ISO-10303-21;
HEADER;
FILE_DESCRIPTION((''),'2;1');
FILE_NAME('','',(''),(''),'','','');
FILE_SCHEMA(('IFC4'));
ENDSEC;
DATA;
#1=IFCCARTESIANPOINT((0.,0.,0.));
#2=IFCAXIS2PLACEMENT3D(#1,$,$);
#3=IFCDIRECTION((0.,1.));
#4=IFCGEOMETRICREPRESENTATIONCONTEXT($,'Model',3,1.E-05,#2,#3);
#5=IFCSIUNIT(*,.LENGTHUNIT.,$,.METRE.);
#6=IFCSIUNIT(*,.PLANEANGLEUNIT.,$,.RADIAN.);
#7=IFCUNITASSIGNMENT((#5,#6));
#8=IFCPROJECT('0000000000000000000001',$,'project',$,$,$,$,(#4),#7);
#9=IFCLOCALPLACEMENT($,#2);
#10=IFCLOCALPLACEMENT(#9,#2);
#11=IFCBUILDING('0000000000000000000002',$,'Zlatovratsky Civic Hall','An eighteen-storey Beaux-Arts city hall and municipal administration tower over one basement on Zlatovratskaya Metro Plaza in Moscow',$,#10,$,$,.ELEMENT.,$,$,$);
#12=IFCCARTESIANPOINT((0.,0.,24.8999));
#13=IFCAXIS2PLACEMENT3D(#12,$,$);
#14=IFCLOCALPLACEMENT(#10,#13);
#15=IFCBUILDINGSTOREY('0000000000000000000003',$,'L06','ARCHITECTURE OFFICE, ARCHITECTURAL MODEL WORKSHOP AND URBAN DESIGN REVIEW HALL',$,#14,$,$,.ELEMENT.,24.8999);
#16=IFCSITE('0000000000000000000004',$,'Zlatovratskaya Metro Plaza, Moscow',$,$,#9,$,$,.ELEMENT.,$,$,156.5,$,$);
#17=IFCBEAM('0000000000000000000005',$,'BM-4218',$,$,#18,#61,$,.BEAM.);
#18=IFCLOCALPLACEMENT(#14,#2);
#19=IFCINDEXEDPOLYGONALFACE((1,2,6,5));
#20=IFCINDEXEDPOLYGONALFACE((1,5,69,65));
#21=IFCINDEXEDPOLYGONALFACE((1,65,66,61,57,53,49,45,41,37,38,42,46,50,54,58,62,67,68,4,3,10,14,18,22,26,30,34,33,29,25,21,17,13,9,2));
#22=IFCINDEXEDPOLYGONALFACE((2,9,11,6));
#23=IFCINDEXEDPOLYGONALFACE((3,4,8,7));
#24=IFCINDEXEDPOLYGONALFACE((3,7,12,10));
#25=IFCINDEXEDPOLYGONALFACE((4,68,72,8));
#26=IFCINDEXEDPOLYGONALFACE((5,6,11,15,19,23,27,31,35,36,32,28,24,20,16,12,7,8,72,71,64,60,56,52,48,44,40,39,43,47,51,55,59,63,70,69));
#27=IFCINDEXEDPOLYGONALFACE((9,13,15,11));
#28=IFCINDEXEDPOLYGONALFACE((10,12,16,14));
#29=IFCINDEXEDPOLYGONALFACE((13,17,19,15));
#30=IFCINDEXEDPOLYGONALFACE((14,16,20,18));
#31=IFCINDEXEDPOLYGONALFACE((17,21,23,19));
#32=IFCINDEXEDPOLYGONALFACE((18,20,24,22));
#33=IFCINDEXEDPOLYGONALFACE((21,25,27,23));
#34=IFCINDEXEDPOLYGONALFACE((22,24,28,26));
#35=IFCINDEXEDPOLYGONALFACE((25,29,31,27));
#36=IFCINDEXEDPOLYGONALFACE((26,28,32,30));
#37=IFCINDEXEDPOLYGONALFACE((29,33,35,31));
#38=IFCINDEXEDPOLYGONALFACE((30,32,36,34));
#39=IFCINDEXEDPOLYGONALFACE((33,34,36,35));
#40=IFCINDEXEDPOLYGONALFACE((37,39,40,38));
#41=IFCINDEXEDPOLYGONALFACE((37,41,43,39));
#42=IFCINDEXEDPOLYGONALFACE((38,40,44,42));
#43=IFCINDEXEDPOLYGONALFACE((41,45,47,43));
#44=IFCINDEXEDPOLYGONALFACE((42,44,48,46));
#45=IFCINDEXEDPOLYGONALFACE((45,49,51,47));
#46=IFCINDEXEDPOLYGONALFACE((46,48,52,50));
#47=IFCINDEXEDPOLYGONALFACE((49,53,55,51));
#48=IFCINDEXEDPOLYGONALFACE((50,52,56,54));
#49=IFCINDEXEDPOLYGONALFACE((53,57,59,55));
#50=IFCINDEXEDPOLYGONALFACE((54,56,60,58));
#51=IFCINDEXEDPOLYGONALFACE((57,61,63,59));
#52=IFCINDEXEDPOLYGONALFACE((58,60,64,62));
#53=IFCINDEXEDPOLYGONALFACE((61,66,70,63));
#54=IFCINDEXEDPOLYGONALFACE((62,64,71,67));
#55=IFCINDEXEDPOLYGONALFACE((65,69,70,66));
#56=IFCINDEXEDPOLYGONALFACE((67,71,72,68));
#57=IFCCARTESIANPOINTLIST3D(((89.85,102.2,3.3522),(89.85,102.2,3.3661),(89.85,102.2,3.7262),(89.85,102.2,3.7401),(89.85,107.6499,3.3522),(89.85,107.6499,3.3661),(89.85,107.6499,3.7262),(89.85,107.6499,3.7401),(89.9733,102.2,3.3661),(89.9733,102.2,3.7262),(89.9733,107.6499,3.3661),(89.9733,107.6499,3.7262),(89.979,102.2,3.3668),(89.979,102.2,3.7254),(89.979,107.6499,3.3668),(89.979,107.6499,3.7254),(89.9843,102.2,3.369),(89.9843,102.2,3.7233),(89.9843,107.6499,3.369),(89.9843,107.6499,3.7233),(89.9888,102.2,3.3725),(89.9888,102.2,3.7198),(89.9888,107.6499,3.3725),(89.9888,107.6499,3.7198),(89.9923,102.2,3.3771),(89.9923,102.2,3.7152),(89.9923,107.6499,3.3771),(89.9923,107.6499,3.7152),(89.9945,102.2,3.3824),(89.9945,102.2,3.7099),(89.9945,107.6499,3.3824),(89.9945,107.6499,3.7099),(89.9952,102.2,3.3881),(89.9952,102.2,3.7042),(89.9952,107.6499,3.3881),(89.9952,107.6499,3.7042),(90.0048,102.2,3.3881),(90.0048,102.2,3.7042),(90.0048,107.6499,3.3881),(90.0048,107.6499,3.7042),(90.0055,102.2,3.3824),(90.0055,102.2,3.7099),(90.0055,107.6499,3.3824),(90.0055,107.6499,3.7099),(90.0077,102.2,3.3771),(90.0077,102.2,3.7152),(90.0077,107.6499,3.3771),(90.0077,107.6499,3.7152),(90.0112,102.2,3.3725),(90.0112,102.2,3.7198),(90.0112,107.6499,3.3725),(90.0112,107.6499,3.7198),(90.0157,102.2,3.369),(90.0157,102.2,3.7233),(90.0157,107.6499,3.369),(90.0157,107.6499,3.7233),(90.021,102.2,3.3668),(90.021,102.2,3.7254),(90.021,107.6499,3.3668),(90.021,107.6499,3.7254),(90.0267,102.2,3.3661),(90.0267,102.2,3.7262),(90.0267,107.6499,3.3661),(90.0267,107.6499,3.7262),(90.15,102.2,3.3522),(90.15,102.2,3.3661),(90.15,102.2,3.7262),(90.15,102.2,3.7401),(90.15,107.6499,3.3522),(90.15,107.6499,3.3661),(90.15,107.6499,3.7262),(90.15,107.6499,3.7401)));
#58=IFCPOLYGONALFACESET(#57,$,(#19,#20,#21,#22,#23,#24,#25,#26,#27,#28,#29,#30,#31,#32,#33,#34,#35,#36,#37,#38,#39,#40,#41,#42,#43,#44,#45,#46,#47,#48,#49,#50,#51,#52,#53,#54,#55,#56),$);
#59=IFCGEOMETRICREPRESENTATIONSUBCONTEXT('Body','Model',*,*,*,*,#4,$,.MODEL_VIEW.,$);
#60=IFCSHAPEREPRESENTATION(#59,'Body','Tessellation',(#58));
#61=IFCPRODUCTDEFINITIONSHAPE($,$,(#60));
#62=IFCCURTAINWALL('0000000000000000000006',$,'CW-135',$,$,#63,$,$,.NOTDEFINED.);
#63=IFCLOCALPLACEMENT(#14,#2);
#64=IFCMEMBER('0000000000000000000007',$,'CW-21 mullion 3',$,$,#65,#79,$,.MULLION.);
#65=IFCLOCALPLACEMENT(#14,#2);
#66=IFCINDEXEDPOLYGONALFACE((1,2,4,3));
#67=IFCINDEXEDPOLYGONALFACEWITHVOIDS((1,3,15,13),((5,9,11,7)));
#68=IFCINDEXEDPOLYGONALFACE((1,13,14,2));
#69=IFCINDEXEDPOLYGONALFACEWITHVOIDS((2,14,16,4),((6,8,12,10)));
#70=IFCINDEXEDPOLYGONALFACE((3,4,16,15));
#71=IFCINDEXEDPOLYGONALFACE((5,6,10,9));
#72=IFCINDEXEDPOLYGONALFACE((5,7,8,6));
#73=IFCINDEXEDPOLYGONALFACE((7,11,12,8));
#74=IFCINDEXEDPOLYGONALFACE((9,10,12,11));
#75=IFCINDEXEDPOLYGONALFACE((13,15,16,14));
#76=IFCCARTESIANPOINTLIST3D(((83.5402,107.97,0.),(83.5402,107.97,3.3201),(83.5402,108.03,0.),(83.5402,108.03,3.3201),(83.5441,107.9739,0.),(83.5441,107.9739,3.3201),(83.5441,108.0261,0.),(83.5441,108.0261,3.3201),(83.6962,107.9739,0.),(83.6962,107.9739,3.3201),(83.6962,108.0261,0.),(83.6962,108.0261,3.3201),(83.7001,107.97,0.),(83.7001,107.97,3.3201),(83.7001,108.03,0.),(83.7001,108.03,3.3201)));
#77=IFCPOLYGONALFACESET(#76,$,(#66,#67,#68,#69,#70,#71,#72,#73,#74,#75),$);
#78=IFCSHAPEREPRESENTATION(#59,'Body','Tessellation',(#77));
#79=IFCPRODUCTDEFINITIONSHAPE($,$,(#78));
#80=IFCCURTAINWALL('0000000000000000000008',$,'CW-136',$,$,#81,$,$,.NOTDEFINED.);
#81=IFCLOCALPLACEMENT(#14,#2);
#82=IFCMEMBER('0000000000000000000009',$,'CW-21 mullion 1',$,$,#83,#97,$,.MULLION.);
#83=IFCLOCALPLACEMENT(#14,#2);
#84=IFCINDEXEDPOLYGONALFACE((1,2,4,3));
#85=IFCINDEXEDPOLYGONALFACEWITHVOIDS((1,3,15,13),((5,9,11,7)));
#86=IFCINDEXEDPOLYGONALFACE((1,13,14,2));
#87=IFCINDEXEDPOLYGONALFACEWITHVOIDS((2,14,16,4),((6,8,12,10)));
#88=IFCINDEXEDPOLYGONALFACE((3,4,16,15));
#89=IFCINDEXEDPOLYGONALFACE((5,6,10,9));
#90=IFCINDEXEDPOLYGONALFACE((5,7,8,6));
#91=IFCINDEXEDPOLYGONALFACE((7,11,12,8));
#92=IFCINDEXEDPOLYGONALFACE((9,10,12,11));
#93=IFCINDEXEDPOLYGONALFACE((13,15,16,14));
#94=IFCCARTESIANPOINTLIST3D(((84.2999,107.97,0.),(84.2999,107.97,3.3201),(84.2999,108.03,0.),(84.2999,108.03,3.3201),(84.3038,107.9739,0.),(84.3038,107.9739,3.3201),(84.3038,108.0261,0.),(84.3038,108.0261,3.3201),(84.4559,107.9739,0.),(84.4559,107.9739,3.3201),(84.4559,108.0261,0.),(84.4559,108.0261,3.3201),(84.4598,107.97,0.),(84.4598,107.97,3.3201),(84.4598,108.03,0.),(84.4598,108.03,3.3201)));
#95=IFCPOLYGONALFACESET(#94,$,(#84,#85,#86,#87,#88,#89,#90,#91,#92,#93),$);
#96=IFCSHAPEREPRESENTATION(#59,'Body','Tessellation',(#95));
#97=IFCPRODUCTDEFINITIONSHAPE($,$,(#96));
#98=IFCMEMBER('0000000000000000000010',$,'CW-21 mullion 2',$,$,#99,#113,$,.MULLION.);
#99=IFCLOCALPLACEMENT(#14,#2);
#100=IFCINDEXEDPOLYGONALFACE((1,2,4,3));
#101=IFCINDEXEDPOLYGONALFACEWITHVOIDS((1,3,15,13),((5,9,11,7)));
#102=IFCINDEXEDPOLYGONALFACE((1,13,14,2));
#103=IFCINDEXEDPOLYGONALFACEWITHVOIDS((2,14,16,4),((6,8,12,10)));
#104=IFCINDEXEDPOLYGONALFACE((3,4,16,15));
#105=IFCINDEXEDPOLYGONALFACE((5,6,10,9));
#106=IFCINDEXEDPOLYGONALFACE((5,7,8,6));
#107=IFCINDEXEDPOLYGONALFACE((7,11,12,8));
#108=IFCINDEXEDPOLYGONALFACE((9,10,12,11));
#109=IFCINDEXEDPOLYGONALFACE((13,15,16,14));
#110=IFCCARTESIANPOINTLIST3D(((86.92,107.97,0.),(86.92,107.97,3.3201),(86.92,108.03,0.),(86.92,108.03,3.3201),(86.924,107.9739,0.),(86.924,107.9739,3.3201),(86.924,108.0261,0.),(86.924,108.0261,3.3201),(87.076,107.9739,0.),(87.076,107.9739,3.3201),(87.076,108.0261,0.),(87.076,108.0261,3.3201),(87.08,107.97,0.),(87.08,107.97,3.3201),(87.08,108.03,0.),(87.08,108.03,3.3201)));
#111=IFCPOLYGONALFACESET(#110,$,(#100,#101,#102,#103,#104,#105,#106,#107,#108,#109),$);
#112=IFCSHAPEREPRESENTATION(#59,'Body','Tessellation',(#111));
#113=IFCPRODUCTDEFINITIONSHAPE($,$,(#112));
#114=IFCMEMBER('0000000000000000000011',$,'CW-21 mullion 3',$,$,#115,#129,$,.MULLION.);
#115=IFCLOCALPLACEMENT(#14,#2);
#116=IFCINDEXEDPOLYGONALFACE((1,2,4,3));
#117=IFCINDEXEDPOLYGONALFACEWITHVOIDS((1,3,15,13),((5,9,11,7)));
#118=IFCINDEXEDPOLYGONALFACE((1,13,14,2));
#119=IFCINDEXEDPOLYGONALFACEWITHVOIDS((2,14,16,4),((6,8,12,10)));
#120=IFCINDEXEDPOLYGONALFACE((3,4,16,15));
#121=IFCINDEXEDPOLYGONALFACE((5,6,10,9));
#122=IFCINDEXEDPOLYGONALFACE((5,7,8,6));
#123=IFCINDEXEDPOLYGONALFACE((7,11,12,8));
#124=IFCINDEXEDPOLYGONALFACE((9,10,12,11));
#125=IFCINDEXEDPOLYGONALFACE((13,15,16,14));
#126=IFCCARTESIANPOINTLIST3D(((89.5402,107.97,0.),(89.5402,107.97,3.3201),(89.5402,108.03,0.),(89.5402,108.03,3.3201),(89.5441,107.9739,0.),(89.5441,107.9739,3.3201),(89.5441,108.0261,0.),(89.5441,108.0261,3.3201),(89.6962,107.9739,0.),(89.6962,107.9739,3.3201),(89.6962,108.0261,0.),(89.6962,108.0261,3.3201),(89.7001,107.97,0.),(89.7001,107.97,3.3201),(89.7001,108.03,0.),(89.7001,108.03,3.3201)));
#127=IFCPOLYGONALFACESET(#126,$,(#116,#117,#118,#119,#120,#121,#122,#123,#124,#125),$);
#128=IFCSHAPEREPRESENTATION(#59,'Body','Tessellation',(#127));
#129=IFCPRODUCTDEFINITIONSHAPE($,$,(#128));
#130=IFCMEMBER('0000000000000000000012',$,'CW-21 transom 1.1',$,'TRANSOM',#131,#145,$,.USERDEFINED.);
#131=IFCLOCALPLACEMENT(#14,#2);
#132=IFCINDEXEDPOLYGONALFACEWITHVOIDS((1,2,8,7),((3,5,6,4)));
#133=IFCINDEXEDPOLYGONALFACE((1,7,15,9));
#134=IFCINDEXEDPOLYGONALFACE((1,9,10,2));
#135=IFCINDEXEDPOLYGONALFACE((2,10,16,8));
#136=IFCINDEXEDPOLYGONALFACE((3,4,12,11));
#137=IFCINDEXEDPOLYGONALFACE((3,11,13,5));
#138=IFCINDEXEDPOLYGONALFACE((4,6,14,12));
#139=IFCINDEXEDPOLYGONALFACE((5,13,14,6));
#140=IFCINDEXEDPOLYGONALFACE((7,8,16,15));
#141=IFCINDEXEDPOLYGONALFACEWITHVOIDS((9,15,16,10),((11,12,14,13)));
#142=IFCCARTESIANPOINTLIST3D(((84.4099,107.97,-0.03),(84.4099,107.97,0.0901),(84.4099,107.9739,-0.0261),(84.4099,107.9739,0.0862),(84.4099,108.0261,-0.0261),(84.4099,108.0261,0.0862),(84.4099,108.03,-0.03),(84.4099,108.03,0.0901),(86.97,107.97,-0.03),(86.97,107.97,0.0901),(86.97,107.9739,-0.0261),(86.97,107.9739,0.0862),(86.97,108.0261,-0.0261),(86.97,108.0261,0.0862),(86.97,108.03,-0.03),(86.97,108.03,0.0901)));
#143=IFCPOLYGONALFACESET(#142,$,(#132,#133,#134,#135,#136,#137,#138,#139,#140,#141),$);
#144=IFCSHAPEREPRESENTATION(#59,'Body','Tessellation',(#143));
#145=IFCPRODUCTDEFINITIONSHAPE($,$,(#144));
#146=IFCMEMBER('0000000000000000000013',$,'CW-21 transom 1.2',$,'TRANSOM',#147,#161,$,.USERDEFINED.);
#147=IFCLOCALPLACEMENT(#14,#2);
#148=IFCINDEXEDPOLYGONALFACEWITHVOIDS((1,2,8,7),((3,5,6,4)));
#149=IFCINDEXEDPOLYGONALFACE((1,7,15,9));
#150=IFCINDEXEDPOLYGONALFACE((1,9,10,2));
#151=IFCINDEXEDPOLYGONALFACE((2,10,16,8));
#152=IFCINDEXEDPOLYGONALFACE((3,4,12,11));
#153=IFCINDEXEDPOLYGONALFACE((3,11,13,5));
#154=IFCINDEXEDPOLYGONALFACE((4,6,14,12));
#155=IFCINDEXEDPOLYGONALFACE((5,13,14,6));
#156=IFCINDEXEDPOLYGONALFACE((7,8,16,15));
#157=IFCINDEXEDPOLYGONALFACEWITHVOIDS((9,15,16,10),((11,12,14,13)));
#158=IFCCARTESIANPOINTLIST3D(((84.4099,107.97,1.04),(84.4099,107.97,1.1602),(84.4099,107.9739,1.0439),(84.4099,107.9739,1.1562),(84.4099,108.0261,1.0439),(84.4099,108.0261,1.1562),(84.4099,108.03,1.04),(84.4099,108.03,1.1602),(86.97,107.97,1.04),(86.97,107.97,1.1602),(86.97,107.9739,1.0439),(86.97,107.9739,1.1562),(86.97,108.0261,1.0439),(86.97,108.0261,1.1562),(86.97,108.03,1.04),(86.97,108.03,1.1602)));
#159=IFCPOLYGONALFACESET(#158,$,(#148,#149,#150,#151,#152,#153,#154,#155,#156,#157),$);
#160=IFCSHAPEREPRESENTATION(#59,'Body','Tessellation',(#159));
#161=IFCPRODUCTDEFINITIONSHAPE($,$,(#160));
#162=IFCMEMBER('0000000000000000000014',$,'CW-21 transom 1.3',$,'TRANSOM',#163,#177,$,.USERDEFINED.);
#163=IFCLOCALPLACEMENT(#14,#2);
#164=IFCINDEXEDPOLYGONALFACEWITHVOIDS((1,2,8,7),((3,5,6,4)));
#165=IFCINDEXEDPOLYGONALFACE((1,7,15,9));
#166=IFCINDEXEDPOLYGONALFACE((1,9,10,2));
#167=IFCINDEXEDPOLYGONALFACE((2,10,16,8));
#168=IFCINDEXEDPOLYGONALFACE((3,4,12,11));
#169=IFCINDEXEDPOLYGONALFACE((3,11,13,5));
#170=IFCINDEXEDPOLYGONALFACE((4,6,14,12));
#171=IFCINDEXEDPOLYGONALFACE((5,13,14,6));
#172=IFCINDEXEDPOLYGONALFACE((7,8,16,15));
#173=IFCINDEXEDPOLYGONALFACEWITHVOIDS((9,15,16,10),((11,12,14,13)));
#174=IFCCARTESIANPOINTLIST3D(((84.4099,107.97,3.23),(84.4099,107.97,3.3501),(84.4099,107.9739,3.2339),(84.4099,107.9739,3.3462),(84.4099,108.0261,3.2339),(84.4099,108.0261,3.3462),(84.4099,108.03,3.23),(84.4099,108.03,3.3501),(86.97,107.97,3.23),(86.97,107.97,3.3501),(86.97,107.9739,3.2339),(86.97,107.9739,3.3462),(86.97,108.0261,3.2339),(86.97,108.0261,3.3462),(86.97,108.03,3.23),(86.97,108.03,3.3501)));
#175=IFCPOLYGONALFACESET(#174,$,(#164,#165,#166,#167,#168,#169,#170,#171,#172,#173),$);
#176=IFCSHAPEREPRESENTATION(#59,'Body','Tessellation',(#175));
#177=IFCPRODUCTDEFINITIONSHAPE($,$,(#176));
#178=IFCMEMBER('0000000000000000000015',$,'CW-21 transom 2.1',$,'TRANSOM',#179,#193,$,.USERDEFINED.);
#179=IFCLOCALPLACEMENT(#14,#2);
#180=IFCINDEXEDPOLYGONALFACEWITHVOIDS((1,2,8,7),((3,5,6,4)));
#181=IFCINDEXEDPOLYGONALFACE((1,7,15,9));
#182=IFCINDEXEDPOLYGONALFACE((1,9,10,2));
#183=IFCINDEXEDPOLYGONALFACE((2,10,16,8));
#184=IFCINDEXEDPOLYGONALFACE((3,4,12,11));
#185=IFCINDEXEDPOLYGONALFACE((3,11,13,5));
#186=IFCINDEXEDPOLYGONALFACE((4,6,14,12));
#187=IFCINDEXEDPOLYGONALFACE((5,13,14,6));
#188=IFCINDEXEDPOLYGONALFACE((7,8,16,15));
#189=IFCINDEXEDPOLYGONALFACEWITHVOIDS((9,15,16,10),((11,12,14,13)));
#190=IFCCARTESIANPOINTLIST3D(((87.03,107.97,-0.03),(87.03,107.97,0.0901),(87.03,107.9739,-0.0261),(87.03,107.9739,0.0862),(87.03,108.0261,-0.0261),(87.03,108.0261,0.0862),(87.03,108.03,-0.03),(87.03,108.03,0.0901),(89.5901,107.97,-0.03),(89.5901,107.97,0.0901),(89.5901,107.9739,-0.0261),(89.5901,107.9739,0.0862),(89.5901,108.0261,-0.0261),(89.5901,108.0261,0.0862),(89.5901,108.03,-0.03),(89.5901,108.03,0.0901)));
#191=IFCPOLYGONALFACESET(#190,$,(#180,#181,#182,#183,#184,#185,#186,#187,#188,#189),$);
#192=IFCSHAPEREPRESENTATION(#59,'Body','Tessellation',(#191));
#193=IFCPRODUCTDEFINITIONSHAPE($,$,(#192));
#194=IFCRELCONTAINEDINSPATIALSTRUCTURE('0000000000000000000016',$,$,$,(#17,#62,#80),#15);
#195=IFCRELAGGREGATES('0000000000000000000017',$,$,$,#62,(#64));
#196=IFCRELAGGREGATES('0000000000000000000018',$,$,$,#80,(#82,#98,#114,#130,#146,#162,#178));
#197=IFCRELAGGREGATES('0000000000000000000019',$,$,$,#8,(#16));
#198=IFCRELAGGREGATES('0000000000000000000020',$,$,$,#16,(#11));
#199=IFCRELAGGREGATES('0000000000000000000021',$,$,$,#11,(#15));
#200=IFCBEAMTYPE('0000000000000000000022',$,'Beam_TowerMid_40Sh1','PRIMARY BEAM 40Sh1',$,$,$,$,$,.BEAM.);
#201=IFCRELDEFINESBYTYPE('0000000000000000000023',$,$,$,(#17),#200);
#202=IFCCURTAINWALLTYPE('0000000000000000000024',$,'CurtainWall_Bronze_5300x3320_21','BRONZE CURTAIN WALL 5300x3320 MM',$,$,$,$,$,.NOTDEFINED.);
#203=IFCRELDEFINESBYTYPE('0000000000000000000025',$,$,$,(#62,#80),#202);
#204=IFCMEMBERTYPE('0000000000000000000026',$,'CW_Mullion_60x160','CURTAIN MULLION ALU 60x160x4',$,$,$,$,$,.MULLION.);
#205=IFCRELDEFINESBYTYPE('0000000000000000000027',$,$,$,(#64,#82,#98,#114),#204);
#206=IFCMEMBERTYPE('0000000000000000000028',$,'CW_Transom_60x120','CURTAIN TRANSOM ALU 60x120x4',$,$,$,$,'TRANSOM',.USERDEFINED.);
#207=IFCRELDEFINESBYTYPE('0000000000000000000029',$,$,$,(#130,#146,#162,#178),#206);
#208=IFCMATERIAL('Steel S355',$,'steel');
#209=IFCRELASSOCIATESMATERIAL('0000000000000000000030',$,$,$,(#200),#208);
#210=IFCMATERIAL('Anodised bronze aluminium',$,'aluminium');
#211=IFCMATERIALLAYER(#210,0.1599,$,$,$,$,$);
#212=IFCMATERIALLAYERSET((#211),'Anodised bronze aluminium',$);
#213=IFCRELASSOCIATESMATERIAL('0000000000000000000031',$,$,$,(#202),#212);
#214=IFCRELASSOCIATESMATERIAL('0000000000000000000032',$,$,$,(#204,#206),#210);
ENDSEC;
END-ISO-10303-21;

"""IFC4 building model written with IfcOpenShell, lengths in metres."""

from ifc_helpers import new_model, si_unit, direction, frame, origin, origin_2d, place, context, subcontext, project, spatial, hollow_rectangle, i_section, extrude, material, layer, layer_set, material_profile, profile_set, type_object, element, aggregate, save


model = new_model("IFC4")

# Units and contexts
model_context = context("Model", 3, precision=1e-05, world=origin(), true_north=direction((0.0, 1.0)))
body_context = subcontext(model_context, "Body", "Model", "MODEL_VIEW")
ifc_project = project(units=[si_unit("LENGTHUNIT", "METRE"), si_unit("PLANEANGLEUNIT", "RADIAN")], contexts=[model_context])

# Site, building, storey
site_placement = place(None, origin())
site = spatial("IfcSite", under=ifc_project, at=site_placement, Name="Zlatovratskaya Metro Plaza, Moscow", CompositionType="ELEMENT", RefElevation=156.5)
building_placement = place(site_placement, origin())
building = spatial("IfcBuilding", under=site, at=building_placement, Name="Zlatovratsky Civic Hall", Description="An eighteen-storey Beaux-Arts city hall and municipal administration tower over one basement on Zlatovratskaya Metro Plaza in Moscow", CompositionType="ELEMENT")
storey_placement = place(building_placement, frame((0.0, 0.0, 24.8999)))
storey = spatial("IfcBuildingStorey", under=building, at=storey_placement, Name="L06", Description="ARCHITECTURE OFFICE, ARCHITECTURAL MODEL WORKSHOP AND URBAN DESIGN REVIEW HALL", CompositionType="ELEMENT", Elevation=24.8999)

# Shared definitions
ifc_material_1 = material(Name="Steel S355", Category="steel")

# Beam
ifc_material_profile_1 = material_profile(ifc_material_1, i_section(OverallWidth=0.3, OverallDepth=0.3879, WebThickness=0.0095, FlangeThickness=0.0139, FilletRadius=0.022, at=origin_2d()), Name="40Sh1")
ifc_profile_set_1 = profile_set([ifc_material_profile_1], Name="Steel S355")
beam_type_1 = type_object("IfcBeamType", Name="Beam_TowerMid_40Sh1", Description="PRIMARY BEAM 40Sh1", PredefinedType="BEAM", material=ifc_profile_set_1)
for number, where, z_axis, x_axis, name in (
    (1, (90.0, 102.2, 3.5461), (0.0, 1.0, 0.0), (-1.0, 0.0, 0.0), "BM-4218"),
):
    element("IfcBeam", number, at=place(storey_placement, frame(where, z_axis=z_axis, x_axis=x_axis)), inside=storey, type_object=beam_type_1, Name=name, PredefinedType="BEAM", context=body_context, shape_type="SweptSolid", body=[
        extrude(i_section(OverallWidth=0.3, OverallDepth=0.3879, WebThickness=0.0095, FlangeThickness=0.0139, FilletRadius=0.022, at=origin_2d()), origin(), (0.0, 0.0, 1.0), 5.45),
    ])

# Curtain wall, member
ifc_material_2 = material(Name="Anodised bronze aluminium", Category="aluminium")
ifc_layer_1 = layer(ifc_material_2, 0.1599)
ifc_layer_set_1 = layer_set([ifc_layer_1], Name="Anodised bronze aluminium")
curtain_wall_type = type_object("IfcCurtainWallType", Name="CurtainWall_Bronze_5300x3320_21", Description="BRONZE CURTAIN WALL 5300x3320 MM", PredefinedType="NOTDEFINED", material=ifc_layer_set_1)
curtain_wall_1_placement = place(storey_placement, origin())
curtain_wall_1 = element("IfcCurtainWall", 2, at=curtain_wall_1_placement, inside=storey, type_object=curtain_wall_type, Name="CW-135", PredefinedType="NOTDEFINED")
ifc_material_profile_2 = material_profile(ifc_material_2, hollow_rectangle(XDim=0.0601, YDim=0.1599, WallThickness=0.0039, at=origin_2d()), Name="ALU 60x160x4")
ifc_profile_set_2 = profile_set([ifc_material_profile_2], Name="Anodised bronze aluminium")
member_type_1 = type_object("IfcMemberType", Name="CW_Mullion_60x160", Description="CURTAIN MULLION ALU 60x160x4", PredefinedType="MULLION", material=ifc_profile_set_2)
member_1_placement = place(storey_placement, frame((83.6201, 108.0, 0.0), z_axis=(0.0, 0.0, 1.0), x_axis=(0.0, 1.0, 0.0)))
member_1 = element("IfcMember", 3, at=member_1_placement, type_object=member_type_1, Name="CW-21 mullion 3", PredefinedType="MULLION", context=body_context, shape_type="SweptSolid", body=[
    extrude(hollow_rectangle(XDim=0.0601, YDim=0.1599, WallThickness=0.0039, at=origin_2d()), origin(), (0.0, 0.0, 1.0), 3.3201),
])

# Curtain wall, members
curtain_wall_2_placement = place(storey_placement, origin())
curtain_wall_2 = element("IfcCurtainWall", 4, at=curtain_wall_2_placement, inside=storey, type_object=curtain_wall_type, Name="CW-136", PredefinedType="NOTDEFINED")
member_2_placement = place(storey_placement, frame((84.3799, 108.0, 0.0), z_axis=(0.0, 0.0, 1.0), x_axis=(0.0, 1.0, 0.0)))
member_2 = element("IfcMember", 5, at=member_2_placement, type_object=member_type_1, Name="CW-21 mullion 1", PredefinedType="MULLION", context=body_context, shape_type="SweptSolid", body=[
    extrude(hollow_rectangle(XDim=0.0601, YDim=0.1599, WallThickness=0.0039, at=origin_2d()), origin(), (0.0, 0.0, 1.0), 3.3201),
])
member_3_placement = place(storey_placement, frame((87.0, 108.0, 0.0), z_axis=(0.0, 0.0, 1.0), x_axis=(0.0, 1.0, 0.0)))
member_3 = element("IfcMember", 6, at=member_3_placement, type_object=member_type_1, Name="CW-21 mullion 2", PredefinedType="MULLION", context=body_context, shape_type="SweptSolid", body=[
    extrude(hollow_rectangle(XDim=0.0601, YDim=0.1599, WallThickness=0.0039, at=origin_2d()), origin(), (0.0, 0.0, 1.0), 3.3201),
])
member_4_placement = place(storey_placement, frame((89.6201, 108.0, 0.0), z_axis=(0.0, 0.0, 1.0), x_axis=(0.0, 1.0, 0.0)))
member_4 = element("IfcMember", 7, at=member_4_placement, type_object=member_type_1, Name="CW-21 mullion 3", PredefinedType="MULLION", context=body_context, shape_type="SweptSolid", body=[
    extrude(hollow_rectangle(XDim=0.0601, YDim=0.1599, WallThickness=0.0039, at=origin_2d()), origin(), (0.0, 0.0, 1.0), 3.3201),
])
ifc_material_profile_3 = material_profile(ifc_material_2, hollow_rectangle(XDim=0.0601, YDim=0.1201, WallThickness=0.0039, at=origin_2d()), Name="ALU 60x120x4")
ifc_profile_set_3 = profile_set([ifc_material_profile_3], Name="Anodised bronze aluminium")
member_type_2 = type_object("IfcMemberType", Name="CW_Transom_60x120", Description="CURTAIN TRANSOM ALU 60x120x4", ElementType="TRANSOM", PredefinedType="USERDEFINED", material=ifc_profile_set_3)
member_5_placement = place(storey_placement, frame((84.4099, 108.0, 0.03), z_axis=(1.0, 0.0, 0.0), x_axis=(0.0, 1.0, 0.0)))
member_5 = element("IfcMember", 8, at=member_5_placement, type_object=member_type_2, Name="CW-21 transom 1.1", ObjectType="TRANSOM", PredefinedType="USERDEFINED", context=body_context, shape_type="SweptSolid", body=[
    extrude(hollow_rectangle(XDim=0.0601, YDim=0.1201, WallThickness=0.0039, at=origin_2d()), origin(), (0.0, 0.0, 1.0), 2.5601),
])
member_6_placement = place(storey_placement, frame((84.4099, 108.0, 1.1001), z_axis=(1.0, 0.0, 0.0), x_axis=(0.0, 1.0, 0.0)))
member_6 = element("IfcMember", 9, at=member_6_placement, type_object=member_type_2, Name="CW-21 transom 1.2", ObjectType="TRANSOM", PredefinedType="USERDEFINED", context=body_context, shape_type="SweptSolid", body=[
    extrude(hollow_rectangle(XDim=0.0601, YDim=0.1201, WallThickness=0.0039, at=origin_2d()), origin(), (0.0, 0.0, 1.0), 2.5601),
])
member_7_placement = place(storey_placement, frame((84.4099, 108.0, 3.29), z_axis=(1.0, 0.0, 0.0), x_axis=(0.0, 1.0, 0.0)))
member_7 = element("IfcMember", 10, at=member_7_placement, type_object=member_type_2, Name="CW-21 transom 1.3", ObjectType="TRANSOM", PredefinedType="USERDEFINED", context=body_context, shape_type="SweptSolid", body=[
    extrude(hollow_rectangle(XDim=0.0601, YDim=0.1201, WallThickness=0.0039, at=origin_2d()), origin(), (0.0, 0.0, 1.0), 2.5601),
])
member_8_placement = place(storey_placement, frame((87.03, 108.0, 0.03), z_axis=(1.0, 0.0, 0.0), x_axis=(0.0, 1.0, 0.0)))
member_8 = element("IfcMember", 11, at=member_8_placement, type_object=member_type_2, Name="CW-21 transom 2.1", ObjectType="TRANSOM", PredefinedType="USERDEFINED", context=body_context, shape_type="SweptSolid", body=[
    extrude(hollow_rectangle(XDim=0.0601, YDim=0.1201, WallThickness=0.0039, at=origin_2d()), origin(), (0.0, 0.0, 1.0), 2.5601),
])

aggregate(curtain_wall_1, [member_1])
aggregate(curtain_wall_2, [member_2, member_3, member_4, member_5, member_6, member_7, member_8])

save(model, "model.ifc")
